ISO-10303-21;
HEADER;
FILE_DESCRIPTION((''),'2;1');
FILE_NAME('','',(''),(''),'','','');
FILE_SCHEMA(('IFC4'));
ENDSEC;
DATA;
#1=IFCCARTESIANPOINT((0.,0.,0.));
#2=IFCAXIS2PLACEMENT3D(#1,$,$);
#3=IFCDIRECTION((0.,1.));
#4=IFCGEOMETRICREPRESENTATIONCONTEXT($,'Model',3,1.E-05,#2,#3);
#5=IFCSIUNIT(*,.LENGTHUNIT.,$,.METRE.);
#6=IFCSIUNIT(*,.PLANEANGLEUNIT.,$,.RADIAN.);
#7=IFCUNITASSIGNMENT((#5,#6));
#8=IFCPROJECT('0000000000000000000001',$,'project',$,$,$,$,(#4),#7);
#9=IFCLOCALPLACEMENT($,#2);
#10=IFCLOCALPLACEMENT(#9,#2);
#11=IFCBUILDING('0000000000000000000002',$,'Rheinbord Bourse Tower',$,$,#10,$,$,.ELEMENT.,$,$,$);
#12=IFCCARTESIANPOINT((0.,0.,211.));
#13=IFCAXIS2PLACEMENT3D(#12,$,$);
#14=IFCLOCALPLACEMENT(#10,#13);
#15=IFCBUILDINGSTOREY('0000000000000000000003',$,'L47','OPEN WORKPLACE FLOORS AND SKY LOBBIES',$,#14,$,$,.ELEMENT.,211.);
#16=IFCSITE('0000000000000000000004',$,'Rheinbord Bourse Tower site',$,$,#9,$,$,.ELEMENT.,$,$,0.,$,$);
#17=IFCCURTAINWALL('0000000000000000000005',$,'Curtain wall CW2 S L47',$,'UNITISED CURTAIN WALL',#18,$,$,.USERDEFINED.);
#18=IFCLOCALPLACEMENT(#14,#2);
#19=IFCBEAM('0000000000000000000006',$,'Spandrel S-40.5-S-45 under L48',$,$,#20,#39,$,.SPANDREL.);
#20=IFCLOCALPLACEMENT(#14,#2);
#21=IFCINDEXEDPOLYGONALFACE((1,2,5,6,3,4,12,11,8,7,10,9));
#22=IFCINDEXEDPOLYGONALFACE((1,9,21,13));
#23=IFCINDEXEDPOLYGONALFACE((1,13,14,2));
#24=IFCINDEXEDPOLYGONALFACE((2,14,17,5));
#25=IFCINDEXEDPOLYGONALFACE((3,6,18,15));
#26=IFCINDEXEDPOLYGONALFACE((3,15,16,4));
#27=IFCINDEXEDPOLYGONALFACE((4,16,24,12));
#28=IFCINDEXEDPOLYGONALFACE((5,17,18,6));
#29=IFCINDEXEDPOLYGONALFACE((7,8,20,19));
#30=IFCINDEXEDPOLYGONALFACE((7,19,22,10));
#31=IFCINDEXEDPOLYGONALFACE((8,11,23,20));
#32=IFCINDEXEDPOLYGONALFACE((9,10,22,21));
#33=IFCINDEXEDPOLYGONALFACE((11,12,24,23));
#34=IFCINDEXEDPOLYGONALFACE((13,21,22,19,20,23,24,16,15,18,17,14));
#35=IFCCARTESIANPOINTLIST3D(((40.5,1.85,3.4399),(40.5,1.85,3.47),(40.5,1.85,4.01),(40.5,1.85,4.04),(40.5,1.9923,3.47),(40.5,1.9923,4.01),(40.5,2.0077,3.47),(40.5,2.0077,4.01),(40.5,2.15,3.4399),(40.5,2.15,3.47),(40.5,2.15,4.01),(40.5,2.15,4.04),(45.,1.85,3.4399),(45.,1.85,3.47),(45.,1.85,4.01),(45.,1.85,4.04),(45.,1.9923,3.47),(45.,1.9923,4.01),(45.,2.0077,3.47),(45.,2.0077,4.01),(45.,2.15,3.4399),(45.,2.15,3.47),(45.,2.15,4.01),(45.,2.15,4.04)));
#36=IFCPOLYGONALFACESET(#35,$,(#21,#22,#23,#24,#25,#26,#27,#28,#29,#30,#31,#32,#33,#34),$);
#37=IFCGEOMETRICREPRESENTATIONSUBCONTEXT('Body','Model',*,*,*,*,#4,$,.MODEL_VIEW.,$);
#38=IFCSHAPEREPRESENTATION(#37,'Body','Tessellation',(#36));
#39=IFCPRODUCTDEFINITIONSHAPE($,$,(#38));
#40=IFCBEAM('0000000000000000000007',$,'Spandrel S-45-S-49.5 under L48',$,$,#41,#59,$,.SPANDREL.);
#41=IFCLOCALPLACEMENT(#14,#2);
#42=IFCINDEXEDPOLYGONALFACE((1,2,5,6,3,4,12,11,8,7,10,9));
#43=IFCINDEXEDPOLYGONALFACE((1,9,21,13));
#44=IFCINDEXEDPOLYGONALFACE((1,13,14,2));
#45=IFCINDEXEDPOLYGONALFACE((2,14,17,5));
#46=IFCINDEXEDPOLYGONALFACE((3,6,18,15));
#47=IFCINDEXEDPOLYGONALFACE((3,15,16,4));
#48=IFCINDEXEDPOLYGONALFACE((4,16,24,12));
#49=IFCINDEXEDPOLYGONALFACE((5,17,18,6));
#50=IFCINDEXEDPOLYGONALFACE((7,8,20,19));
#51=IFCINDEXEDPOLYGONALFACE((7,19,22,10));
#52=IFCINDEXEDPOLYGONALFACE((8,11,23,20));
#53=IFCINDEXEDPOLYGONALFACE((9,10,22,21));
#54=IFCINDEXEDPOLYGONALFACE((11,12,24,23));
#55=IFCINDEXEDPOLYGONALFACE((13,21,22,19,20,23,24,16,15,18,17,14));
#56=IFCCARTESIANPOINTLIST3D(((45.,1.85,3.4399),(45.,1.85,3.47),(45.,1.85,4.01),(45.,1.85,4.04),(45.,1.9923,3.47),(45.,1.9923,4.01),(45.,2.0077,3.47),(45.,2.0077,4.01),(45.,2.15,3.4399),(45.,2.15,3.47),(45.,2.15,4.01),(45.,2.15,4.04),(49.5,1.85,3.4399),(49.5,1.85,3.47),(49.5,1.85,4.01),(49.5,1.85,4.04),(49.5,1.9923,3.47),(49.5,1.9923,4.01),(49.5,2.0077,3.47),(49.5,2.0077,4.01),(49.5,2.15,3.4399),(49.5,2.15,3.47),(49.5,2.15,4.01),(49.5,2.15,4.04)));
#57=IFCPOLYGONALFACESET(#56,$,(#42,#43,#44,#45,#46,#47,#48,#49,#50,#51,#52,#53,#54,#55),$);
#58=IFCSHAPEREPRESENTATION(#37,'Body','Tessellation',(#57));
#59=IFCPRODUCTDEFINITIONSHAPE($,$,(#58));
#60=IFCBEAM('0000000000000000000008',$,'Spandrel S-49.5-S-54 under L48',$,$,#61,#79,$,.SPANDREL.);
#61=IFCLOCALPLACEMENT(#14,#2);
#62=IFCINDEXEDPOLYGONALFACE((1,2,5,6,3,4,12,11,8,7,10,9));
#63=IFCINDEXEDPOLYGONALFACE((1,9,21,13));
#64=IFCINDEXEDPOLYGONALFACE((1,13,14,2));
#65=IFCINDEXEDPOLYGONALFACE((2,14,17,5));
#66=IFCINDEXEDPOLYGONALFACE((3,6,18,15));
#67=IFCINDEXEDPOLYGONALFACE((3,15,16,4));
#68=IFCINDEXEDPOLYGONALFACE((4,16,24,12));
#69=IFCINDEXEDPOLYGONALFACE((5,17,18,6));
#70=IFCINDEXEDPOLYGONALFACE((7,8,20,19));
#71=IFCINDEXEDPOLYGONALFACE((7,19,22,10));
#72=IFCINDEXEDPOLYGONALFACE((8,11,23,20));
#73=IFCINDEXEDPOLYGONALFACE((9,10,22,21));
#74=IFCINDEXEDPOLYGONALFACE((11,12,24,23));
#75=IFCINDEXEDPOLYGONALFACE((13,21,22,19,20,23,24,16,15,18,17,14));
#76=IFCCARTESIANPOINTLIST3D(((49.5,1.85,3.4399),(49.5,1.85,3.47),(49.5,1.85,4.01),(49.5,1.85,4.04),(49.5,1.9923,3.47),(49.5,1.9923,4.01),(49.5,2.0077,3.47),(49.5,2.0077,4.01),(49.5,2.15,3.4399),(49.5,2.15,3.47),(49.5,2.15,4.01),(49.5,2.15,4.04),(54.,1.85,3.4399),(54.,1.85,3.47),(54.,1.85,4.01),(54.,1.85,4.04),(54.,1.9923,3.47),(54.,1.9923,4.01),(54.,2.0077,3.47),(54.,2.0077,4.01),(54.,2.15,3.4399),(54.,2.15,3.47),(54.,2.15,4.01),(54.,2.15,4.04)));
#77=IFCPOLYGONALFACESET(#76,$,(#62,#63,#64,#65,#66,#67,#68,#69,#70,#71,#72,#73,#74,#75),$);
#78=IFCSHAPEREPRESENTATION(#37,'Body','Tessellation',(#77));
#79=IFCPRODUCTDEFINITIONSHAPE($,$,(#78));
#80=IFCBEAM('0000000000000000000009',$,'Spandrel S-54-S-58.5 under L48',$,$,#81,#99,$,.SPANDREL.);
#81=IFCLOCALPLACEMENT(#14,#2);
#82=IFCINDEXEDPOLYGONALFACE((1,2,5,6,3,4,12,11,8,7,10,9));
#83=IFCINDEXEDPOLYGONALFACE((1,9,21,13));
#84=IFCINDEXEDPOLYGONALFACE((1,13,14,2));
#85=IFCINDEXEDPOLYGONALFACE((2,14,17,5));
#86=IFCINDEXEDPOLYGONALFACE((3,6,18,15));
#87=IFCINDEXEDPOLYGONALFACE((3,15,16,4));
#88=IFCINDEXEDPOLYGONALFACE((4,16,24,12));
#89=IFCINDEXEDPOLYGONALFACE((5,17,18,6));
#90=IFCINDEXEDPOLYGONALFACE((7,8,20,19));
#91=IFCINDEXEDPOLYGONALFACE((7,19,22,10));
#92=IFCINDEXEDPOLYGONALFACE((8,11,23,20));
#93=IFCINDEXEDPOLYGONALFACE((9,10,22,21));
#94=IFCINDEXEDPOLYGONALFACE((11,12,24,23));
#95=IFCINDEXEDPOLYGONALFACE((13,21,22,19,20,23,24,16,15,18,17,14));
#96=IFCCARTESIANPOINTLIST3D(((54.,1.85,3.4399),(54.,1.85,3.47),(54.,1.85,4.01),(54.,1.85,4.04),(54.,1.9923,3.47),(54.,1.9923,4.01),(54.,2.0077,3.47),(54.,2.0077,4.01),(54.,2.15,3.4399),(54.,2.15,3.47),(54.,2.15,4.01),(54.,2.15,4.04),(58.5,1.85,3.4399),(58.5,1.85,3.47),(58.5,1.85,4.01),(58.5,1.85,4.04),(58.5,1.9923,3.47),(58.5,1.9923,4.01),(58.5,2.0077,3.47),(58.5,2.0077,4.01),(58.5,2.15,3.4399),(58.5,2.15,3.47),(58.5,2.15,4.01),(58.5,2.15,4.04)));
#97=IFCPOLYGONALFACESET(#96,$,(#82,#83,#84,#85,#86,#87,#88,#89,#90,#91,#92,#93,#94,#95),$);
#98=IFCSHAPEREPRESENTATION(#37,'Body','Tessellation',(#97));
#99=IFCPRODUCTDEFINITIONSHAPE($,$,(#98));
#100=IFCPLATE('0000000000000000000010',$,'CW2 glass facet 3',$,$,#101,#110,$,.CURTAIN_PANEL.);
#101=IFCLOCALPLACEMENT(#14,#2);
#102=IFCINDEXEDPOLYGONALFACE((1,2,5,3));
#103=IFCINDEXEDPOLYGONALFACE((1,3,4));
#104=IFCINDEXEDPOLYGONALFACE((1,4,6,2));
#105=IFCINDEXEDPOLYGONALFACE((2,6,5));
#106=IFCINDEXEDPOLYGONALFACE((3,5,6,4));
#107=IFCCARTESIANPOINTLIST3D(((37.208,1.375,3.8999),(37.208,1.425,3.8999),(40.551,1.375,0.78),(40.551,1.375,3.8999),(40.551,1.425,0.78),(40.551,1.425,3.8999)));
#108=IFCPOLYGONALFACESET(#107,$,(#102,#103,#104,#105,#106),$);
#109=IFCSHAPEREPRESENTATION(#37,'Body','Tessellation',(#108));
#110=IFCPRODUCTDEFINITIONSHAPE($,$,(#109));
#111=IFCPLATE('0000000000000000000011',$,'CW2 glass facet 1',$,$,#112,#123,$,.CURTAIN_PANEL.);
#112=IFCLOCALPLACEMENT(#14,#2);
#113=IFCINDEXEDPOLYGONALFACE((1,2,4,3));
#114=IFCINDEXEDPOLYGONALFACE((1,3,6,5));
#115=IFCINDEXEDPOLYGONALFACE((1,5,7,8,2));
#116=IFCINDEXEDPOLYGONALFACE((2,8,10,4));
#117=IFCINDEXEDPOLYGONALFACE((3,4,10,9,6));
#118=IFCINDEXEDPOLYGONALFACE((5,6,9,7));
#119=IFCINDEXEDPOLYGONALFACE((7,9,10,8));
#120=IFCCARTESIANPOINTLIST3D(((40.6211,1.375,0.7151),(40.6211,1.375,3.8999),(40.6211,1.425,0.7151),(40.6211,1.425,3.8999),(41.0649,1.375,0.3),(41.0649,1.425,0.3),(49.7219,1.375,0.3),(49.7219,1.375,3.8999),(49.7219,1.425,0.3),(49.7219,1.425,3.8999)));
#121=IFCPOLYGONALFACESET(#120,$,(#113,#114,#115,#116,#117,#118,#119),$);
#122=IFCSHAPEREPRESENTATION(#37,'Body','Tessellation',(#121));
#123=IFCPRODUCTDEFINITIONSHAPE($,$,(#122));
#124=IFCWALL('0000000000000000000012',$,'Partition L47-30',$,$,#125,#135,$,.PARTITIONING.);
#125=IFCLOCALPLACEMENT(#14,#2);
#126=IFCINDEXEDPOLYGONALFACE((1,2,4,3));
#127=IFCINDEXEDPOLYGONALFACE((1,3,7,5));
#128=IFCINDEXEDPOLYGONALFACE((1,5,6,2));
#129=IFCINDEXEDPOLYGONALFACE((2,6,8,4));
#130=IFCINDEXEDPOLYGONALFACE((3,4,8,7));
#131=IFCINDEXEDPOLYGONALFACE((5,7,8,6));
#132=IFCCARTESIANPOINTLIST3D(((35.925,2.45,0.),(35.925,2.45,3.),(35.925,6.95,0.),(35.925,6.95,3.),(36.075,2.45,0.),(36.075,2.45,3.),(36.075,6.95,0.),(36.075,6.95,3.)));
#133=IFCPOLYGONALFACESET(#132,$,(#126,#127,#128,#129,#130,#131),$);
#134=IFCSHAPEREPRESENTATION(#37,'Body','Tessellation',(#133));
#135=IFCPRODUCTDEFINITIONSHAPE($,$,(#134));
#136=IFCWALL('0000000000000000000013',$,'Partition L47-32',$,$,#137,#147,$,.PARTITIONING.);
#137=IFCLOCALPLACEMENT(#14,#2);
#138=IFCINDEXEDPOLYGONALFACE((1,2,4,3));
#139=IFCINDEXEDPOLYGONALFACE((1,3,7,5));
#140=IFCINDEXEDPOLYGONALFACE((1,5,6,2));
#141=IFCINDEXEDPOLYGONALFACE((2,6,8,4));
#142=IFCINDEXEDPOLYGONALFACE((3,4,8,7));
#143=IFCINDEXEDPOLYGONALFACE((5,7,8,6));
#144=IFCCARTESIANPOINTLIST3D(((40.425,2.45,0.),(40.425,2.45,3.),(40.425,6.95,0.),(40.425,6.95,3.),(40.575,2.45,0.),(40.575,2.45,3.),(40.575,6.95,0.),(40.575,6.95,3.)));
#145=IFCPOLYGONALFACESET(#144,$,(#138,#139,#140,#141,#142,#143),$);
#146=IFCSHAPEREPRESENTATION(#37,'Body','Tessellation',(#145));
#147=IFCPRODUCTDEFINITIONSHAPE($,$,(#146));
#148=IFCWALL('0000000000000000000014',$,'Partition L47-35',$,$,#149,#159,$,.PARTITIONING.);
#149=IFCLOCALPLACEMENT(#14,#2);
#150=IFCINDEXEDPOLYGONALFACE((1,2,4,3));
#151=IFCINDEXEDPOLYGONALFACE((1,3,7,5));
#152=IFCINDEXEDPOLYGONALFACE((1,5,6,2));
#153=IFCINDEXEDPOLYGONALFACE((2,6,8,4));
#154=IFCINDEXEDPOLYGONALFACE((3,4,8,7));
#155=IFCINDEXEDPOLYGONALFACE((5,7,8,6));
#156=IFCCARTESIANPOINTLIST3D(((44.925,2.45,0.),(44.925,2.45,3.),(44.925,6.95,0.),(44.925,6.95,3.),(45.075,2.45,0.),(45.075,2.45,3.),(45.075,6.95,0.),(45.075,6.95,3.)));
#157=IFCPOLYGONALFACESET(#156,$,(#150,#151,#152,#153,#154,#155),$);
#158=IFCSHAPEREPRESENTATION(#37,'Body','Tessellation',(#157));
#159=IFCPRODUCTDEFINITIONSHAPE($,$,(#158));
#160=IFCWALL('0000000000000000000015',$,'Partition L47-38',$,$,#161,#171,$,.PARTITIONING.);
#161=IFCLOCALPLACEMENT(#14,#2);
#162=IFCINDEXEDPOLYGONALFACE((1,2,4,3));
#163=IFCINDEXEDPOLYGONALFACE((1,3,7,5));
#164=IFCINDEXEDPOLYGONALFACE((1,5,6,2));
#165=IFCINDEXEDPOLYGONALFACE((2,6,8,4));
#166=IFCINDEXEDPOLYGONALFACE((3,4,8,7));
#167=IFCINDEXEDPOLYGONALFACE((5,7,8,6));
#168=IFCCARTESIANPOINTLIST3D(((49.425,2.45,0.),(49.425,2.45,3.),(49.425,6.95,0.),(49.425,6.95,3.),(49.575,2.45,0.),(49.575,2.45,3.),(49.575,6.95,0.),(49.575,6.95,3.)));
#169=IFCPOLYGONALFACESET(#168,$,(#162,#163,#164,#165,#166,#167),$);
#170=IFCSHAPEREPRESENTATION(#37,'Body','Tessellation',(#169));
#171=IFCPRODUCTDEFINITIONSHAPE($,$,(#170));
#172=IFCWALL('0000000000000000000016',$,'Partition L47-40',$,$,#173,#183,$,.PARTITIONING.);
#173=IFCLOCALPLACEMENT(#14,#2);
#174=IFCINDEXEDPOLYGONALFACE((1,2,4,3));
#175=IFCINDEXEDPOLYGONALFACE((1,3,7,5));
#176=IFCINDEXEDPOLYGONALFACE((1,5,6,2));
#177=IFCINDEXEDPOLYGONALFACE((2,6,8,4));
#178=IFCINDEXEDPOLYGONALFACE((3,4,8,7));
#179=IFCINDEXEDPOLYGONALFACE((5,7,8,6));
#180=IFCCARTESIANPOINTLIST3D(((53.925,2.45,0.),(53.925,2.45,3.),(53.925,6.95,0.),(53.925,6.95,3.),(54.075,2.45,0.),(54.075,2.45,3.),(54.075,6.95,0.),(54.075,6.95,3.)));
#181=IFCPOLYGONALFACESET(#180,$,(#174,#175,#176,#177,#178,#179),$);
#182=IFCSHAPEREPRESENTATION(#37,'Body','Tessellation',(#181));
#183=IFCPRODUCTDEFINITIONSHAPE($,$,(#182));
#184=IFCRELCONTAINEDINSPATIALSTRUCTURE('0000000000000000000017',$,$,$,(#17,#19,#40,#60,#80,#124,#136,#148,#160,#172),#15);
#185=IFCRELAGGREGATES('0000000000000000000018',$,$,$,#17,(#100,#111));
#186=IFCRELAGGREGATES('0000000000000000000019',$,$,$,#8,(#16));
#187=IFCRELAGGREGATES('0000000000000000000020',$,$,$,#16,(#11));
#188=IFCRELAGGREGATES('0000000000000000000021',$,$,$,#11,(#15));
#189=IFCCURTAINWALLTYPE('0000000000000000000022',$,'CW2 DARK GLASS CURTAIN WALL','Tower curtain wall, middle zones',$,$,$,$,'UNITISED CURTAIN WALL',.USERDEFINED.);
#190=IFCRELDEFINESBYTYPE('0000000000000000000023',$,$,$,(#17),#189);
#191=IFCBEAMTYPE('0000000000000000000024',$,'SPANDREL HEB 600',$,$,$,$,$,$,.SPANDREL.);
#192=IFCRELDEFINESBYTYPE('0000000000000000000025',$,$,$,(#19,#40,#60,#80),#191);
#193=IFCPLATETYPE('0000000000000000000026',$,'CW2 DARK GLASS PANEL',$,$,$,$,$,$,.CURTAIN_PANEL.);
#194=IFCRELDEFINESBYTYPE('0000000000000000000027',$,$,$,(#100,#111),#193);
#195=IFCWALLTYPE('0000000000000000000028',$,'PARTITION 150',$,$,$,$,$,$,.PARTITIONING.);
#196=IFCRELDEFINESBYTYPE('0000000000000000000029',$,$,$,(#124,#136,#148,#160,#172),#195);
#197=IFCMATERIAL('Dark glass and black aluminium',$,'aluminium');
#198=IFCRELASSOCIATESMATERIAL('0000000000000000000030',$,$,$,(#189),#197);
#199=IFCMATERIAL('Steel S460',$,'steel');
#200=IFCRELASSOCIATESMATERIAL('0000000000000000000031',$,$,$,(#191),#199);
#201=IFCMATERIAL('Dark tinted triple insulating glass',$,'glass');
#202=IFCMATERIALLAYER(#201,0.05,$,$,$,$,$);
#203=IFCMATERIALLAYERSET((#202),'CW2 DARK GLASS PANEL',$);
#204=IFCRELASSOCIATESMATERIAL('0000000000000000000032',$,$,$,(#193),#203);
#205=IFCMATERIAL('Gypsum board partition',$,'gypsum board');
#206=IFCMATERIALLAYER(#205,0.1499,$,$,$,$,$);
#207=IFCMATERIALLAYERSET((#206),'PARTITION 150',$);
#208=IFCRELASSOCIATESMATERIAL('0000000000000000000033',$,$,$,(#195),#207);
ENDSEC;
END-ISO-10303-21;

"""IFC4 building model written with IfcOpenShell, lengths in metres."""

from ifc_helpers import new_model, si_unit, direction, frame, frame_2d, origin, origin_2d, place, context, subcontext, project, spatial, polyline, rectangle, i_section, outline, extrude, material, layer, layer_set, material_profile, profile_set, type_object, element, aggregate, save


model = new_model("IFC4")

# Units and contexts
model_context = context("Model", 3, precision=1e-05, world=origin(), true_north=direction((0.0, 1.0)))
body_context = subcontext(model_context, "Body", "Model", "MODEL_VIEW")
ifc_project = project(units=[si_unit("LENGTHUNIT", "METRE"), si_unit("PLANEANGLEUNIT", "RADIAN")], contexts=[model_context])

# Site, building, storey
site_placement = place(None, origin())
site = spatial("IfcSite", under=ifc_project, at=site_placement, Name="Rheinbord Bourse Tower site", CompositionType="ELEMENT", RefElevation=0.0)
building_placement = place(site_placement, origin())
building = spatial("IfcBuilding", under=site, at=building_placement, Name="Rheinbord Bourse Tower", CompositionType="ELEMENT")
storey_placement = place(building_placement, frame((0.0, 0.0, 211.0)))
storey = spatial("IfcBuildingStorey", under=building, at=storey_placement, Name="L47", Description="OPEN WORKPLACE FLOORS AND SKY LOBBIES", CompositionType="ELEMENT", Elevation=211.0)

# Curtain wall
ifc_material_1 = material(Name="Dark glass and black aluminium", Category="aluminium")
curtain_wall_type = type_object("IfcCurtainWallType", Name="CW2 DARK GLASS CURTAIN WALL", Description="Tower curtain wall, middle zones", ElementType="UNITISED CURTAIN WALL", PredefinedType="USERDEFINED", material=ifc_material_1)
curtain_wall_placement = place(storey_placement, origin())
curtain_wall = element("IfcCurtainWall", 1, at=curtain_wall_placement, inside=storey, type_object=curtain_wall_type, Name="Curtain wall CW2 S L47", ObjectType="UNITISED CURTAIN WALL", PredefinedType="USERDEFINED")

# Beams
ifc_material_2 = material(Name="Steel S460", Category="steel")
ifc_material_profile_1 = material_profile(ifc_material_2, i_section(OverallWidth=0.3, OverallDepth=0.6001, WebThickness=0.0154, FlangeThickness=0.03, at=origin_2d()), Name="HEB 600")
ifc_profile_set_1 = profile_set([ifc_material_profile_1], Name="Steel S460")
beam_type_1 = type_object("IfcBeamType", Name="SPANDREL HEB 600", PredefinedType="SPANDREL", material=ifc_profile_set_1)
for number, where, z_axis, x_axis, name in (
    (2, (40.5, 2.0, 3.74), (1.0, 0.0, 0.0), (0.0, 1.0, 0.0), "Spandrel S-40.5-S-45 under L48"),
    (3, (45.0, 2.0, 3.74), (1.0, 0.0, 0.0), (0.0, 1.0, 0.0), "Spandrel S-45-S-49.5 under L48"),
    (4, (49.5, 2.0, 3.74), (1.0, 0.0, 0.0), (0.0, 1.0, 0.0), "Spandrel S-49.5-S-54 under L48"),
    (5, (54.0, 2.0, 3.74), (1.0, 0.0, 0.0), (0.0, 1.0, 0.0), "Spandrel S-54-S-58.5 under L48"),
):
    element("IfcBeam", number, at=place(storey_placement, frame(where, z_axis=z_axis, x_axis=x_axis)), inside=storey, type_object=beam_type_1, Name=name, PredefinedType="SPANDREL", context=body_context, shape_type="SweptSolid", body=[
        extrude(i_section(OverallWidth=0.3, OverallDepth=0.6001, WebThickness=0.0154, FlangeThickness=0.03, at=origin_2d()), origin(), (0.0, 0.0, 1.0), 4.5),
    ])

# Plates
ifc_material_3 = material(Name="Dark tinted triple insulating glass", Category="glass")
ifc_layer_1 = layer(ifc_material_3, 0.05)
ifc_layer_set_1 = layer_set([ifc_layer_1], Name="CW2 DARK GLASS PANEL")
plate_type = type_object("IfcPlateType", Name="CW2 DARK GLASS PANEL", PredefinedType="CURTAIN_PANEL", material=ifc_layer_set_1)
plate_1_placement = place(storey_placement, frame((40.551, 1.375, 3.8999), z_axis=(0.0, 1.0, 0.0), x_axis=(0.0, 0.0, -1.0)))
plate_1 = element("IfcPlate", 6, at=plate_1_placement, type_object=plate_type, Name="CW2 glass facet 3", PredefinedType="CURTAIN_PANEL", context=body_context, shape_type="SweptSolid", body=[
    extrude(outline(polyline([(0.0, 0.0), (3.1199, 0.0), (0.0, 3.343), (0.0, 0.0)])), origin(), (0.0, 0.0, 1.0), 0.05),
])
plate_2_placement = place(storey_placement, frame((40.6211, 1.375, 3.8999), z_axis=(0.0, 1.0, 0.0), x_axis=(1.0, 0.0, 0.0)))
plate_2 = element("IfcPlate", 7, at=plate_2_placement, type_object=plate_type, Name="CW2 glass facet 1", PredefinedType="CURTAIN_PANEL", context=body_context, shape_type="SweptSolid", body=[
    extrude(outline(polyline([(0.0, 0.0), (9.1008, 0.0), (9.1008, 3.5999), (0.4438, 3.5999), (0.0, 3.1848), (0.0, 0.0)])), origin(), (0.0, 0.0, 1.0), 0.05),
])
aggregate(curtain_wall, [plate_1, plate_2])

# Walls
ifc_material_4 = material(Name="Gypsum board partition", Category="gypsum board")
ifc_layer_2 = layer(ifc_material_4, 0.1499)
ifc_layer_set_2 = layer_set([ifc_layer_2], Name="PARTITION 150")
wall_type = type_object("IfcWallType", Name="PARTITION 150", PredefinedType="PARTITIONING", material=ifc_layer_set_2)
for number, where, z_axis, x_axis, name in (
    (8, (36.0, 2.45, 0.0), (0.0, 0.0, 1.0), (0.0, 1.0, 0.0), "Partition L47-30"),
    (9, (40.5, 2.45, 0.0), (0.0, 0.0, 1.0), (0.0, 1.0, 0.0), "Partition L47-32"),
    (10, (45.0, 2.45, 0.0), (0.0, 0.0, 1.0), (0.0, 1.0, 0.0), "Partition L47-35"),
    (11, (49.5, 2.45, 0.0), (0.0, 0.0, 1.0), (0.0, 1.0, 0.0), "Partition L47-38"),
    (12, (54.0, 2.45, 0.0), (0.0, 0.0, 1.0), (0.0, 1.0, 0.0), "Partition L47-40"),
):
    element("IfcWall", number, at=place(storey_placement, frame(where, z_axis=z_axis, x_axis=x_axis)), inside=storey, type_object=wall_type, Name=name, PredefinedType="PARTITIONING", context=body_context, shape_type="SweptSolid", body=[
        extrude(rectangle(XDim=4.5, YDim=0.1499, at=frame_2d((2.25, 0.0))), origin(), (0.0, 0.0, 1.0), 3.0),
    ])

save(model, "model.ifc")
